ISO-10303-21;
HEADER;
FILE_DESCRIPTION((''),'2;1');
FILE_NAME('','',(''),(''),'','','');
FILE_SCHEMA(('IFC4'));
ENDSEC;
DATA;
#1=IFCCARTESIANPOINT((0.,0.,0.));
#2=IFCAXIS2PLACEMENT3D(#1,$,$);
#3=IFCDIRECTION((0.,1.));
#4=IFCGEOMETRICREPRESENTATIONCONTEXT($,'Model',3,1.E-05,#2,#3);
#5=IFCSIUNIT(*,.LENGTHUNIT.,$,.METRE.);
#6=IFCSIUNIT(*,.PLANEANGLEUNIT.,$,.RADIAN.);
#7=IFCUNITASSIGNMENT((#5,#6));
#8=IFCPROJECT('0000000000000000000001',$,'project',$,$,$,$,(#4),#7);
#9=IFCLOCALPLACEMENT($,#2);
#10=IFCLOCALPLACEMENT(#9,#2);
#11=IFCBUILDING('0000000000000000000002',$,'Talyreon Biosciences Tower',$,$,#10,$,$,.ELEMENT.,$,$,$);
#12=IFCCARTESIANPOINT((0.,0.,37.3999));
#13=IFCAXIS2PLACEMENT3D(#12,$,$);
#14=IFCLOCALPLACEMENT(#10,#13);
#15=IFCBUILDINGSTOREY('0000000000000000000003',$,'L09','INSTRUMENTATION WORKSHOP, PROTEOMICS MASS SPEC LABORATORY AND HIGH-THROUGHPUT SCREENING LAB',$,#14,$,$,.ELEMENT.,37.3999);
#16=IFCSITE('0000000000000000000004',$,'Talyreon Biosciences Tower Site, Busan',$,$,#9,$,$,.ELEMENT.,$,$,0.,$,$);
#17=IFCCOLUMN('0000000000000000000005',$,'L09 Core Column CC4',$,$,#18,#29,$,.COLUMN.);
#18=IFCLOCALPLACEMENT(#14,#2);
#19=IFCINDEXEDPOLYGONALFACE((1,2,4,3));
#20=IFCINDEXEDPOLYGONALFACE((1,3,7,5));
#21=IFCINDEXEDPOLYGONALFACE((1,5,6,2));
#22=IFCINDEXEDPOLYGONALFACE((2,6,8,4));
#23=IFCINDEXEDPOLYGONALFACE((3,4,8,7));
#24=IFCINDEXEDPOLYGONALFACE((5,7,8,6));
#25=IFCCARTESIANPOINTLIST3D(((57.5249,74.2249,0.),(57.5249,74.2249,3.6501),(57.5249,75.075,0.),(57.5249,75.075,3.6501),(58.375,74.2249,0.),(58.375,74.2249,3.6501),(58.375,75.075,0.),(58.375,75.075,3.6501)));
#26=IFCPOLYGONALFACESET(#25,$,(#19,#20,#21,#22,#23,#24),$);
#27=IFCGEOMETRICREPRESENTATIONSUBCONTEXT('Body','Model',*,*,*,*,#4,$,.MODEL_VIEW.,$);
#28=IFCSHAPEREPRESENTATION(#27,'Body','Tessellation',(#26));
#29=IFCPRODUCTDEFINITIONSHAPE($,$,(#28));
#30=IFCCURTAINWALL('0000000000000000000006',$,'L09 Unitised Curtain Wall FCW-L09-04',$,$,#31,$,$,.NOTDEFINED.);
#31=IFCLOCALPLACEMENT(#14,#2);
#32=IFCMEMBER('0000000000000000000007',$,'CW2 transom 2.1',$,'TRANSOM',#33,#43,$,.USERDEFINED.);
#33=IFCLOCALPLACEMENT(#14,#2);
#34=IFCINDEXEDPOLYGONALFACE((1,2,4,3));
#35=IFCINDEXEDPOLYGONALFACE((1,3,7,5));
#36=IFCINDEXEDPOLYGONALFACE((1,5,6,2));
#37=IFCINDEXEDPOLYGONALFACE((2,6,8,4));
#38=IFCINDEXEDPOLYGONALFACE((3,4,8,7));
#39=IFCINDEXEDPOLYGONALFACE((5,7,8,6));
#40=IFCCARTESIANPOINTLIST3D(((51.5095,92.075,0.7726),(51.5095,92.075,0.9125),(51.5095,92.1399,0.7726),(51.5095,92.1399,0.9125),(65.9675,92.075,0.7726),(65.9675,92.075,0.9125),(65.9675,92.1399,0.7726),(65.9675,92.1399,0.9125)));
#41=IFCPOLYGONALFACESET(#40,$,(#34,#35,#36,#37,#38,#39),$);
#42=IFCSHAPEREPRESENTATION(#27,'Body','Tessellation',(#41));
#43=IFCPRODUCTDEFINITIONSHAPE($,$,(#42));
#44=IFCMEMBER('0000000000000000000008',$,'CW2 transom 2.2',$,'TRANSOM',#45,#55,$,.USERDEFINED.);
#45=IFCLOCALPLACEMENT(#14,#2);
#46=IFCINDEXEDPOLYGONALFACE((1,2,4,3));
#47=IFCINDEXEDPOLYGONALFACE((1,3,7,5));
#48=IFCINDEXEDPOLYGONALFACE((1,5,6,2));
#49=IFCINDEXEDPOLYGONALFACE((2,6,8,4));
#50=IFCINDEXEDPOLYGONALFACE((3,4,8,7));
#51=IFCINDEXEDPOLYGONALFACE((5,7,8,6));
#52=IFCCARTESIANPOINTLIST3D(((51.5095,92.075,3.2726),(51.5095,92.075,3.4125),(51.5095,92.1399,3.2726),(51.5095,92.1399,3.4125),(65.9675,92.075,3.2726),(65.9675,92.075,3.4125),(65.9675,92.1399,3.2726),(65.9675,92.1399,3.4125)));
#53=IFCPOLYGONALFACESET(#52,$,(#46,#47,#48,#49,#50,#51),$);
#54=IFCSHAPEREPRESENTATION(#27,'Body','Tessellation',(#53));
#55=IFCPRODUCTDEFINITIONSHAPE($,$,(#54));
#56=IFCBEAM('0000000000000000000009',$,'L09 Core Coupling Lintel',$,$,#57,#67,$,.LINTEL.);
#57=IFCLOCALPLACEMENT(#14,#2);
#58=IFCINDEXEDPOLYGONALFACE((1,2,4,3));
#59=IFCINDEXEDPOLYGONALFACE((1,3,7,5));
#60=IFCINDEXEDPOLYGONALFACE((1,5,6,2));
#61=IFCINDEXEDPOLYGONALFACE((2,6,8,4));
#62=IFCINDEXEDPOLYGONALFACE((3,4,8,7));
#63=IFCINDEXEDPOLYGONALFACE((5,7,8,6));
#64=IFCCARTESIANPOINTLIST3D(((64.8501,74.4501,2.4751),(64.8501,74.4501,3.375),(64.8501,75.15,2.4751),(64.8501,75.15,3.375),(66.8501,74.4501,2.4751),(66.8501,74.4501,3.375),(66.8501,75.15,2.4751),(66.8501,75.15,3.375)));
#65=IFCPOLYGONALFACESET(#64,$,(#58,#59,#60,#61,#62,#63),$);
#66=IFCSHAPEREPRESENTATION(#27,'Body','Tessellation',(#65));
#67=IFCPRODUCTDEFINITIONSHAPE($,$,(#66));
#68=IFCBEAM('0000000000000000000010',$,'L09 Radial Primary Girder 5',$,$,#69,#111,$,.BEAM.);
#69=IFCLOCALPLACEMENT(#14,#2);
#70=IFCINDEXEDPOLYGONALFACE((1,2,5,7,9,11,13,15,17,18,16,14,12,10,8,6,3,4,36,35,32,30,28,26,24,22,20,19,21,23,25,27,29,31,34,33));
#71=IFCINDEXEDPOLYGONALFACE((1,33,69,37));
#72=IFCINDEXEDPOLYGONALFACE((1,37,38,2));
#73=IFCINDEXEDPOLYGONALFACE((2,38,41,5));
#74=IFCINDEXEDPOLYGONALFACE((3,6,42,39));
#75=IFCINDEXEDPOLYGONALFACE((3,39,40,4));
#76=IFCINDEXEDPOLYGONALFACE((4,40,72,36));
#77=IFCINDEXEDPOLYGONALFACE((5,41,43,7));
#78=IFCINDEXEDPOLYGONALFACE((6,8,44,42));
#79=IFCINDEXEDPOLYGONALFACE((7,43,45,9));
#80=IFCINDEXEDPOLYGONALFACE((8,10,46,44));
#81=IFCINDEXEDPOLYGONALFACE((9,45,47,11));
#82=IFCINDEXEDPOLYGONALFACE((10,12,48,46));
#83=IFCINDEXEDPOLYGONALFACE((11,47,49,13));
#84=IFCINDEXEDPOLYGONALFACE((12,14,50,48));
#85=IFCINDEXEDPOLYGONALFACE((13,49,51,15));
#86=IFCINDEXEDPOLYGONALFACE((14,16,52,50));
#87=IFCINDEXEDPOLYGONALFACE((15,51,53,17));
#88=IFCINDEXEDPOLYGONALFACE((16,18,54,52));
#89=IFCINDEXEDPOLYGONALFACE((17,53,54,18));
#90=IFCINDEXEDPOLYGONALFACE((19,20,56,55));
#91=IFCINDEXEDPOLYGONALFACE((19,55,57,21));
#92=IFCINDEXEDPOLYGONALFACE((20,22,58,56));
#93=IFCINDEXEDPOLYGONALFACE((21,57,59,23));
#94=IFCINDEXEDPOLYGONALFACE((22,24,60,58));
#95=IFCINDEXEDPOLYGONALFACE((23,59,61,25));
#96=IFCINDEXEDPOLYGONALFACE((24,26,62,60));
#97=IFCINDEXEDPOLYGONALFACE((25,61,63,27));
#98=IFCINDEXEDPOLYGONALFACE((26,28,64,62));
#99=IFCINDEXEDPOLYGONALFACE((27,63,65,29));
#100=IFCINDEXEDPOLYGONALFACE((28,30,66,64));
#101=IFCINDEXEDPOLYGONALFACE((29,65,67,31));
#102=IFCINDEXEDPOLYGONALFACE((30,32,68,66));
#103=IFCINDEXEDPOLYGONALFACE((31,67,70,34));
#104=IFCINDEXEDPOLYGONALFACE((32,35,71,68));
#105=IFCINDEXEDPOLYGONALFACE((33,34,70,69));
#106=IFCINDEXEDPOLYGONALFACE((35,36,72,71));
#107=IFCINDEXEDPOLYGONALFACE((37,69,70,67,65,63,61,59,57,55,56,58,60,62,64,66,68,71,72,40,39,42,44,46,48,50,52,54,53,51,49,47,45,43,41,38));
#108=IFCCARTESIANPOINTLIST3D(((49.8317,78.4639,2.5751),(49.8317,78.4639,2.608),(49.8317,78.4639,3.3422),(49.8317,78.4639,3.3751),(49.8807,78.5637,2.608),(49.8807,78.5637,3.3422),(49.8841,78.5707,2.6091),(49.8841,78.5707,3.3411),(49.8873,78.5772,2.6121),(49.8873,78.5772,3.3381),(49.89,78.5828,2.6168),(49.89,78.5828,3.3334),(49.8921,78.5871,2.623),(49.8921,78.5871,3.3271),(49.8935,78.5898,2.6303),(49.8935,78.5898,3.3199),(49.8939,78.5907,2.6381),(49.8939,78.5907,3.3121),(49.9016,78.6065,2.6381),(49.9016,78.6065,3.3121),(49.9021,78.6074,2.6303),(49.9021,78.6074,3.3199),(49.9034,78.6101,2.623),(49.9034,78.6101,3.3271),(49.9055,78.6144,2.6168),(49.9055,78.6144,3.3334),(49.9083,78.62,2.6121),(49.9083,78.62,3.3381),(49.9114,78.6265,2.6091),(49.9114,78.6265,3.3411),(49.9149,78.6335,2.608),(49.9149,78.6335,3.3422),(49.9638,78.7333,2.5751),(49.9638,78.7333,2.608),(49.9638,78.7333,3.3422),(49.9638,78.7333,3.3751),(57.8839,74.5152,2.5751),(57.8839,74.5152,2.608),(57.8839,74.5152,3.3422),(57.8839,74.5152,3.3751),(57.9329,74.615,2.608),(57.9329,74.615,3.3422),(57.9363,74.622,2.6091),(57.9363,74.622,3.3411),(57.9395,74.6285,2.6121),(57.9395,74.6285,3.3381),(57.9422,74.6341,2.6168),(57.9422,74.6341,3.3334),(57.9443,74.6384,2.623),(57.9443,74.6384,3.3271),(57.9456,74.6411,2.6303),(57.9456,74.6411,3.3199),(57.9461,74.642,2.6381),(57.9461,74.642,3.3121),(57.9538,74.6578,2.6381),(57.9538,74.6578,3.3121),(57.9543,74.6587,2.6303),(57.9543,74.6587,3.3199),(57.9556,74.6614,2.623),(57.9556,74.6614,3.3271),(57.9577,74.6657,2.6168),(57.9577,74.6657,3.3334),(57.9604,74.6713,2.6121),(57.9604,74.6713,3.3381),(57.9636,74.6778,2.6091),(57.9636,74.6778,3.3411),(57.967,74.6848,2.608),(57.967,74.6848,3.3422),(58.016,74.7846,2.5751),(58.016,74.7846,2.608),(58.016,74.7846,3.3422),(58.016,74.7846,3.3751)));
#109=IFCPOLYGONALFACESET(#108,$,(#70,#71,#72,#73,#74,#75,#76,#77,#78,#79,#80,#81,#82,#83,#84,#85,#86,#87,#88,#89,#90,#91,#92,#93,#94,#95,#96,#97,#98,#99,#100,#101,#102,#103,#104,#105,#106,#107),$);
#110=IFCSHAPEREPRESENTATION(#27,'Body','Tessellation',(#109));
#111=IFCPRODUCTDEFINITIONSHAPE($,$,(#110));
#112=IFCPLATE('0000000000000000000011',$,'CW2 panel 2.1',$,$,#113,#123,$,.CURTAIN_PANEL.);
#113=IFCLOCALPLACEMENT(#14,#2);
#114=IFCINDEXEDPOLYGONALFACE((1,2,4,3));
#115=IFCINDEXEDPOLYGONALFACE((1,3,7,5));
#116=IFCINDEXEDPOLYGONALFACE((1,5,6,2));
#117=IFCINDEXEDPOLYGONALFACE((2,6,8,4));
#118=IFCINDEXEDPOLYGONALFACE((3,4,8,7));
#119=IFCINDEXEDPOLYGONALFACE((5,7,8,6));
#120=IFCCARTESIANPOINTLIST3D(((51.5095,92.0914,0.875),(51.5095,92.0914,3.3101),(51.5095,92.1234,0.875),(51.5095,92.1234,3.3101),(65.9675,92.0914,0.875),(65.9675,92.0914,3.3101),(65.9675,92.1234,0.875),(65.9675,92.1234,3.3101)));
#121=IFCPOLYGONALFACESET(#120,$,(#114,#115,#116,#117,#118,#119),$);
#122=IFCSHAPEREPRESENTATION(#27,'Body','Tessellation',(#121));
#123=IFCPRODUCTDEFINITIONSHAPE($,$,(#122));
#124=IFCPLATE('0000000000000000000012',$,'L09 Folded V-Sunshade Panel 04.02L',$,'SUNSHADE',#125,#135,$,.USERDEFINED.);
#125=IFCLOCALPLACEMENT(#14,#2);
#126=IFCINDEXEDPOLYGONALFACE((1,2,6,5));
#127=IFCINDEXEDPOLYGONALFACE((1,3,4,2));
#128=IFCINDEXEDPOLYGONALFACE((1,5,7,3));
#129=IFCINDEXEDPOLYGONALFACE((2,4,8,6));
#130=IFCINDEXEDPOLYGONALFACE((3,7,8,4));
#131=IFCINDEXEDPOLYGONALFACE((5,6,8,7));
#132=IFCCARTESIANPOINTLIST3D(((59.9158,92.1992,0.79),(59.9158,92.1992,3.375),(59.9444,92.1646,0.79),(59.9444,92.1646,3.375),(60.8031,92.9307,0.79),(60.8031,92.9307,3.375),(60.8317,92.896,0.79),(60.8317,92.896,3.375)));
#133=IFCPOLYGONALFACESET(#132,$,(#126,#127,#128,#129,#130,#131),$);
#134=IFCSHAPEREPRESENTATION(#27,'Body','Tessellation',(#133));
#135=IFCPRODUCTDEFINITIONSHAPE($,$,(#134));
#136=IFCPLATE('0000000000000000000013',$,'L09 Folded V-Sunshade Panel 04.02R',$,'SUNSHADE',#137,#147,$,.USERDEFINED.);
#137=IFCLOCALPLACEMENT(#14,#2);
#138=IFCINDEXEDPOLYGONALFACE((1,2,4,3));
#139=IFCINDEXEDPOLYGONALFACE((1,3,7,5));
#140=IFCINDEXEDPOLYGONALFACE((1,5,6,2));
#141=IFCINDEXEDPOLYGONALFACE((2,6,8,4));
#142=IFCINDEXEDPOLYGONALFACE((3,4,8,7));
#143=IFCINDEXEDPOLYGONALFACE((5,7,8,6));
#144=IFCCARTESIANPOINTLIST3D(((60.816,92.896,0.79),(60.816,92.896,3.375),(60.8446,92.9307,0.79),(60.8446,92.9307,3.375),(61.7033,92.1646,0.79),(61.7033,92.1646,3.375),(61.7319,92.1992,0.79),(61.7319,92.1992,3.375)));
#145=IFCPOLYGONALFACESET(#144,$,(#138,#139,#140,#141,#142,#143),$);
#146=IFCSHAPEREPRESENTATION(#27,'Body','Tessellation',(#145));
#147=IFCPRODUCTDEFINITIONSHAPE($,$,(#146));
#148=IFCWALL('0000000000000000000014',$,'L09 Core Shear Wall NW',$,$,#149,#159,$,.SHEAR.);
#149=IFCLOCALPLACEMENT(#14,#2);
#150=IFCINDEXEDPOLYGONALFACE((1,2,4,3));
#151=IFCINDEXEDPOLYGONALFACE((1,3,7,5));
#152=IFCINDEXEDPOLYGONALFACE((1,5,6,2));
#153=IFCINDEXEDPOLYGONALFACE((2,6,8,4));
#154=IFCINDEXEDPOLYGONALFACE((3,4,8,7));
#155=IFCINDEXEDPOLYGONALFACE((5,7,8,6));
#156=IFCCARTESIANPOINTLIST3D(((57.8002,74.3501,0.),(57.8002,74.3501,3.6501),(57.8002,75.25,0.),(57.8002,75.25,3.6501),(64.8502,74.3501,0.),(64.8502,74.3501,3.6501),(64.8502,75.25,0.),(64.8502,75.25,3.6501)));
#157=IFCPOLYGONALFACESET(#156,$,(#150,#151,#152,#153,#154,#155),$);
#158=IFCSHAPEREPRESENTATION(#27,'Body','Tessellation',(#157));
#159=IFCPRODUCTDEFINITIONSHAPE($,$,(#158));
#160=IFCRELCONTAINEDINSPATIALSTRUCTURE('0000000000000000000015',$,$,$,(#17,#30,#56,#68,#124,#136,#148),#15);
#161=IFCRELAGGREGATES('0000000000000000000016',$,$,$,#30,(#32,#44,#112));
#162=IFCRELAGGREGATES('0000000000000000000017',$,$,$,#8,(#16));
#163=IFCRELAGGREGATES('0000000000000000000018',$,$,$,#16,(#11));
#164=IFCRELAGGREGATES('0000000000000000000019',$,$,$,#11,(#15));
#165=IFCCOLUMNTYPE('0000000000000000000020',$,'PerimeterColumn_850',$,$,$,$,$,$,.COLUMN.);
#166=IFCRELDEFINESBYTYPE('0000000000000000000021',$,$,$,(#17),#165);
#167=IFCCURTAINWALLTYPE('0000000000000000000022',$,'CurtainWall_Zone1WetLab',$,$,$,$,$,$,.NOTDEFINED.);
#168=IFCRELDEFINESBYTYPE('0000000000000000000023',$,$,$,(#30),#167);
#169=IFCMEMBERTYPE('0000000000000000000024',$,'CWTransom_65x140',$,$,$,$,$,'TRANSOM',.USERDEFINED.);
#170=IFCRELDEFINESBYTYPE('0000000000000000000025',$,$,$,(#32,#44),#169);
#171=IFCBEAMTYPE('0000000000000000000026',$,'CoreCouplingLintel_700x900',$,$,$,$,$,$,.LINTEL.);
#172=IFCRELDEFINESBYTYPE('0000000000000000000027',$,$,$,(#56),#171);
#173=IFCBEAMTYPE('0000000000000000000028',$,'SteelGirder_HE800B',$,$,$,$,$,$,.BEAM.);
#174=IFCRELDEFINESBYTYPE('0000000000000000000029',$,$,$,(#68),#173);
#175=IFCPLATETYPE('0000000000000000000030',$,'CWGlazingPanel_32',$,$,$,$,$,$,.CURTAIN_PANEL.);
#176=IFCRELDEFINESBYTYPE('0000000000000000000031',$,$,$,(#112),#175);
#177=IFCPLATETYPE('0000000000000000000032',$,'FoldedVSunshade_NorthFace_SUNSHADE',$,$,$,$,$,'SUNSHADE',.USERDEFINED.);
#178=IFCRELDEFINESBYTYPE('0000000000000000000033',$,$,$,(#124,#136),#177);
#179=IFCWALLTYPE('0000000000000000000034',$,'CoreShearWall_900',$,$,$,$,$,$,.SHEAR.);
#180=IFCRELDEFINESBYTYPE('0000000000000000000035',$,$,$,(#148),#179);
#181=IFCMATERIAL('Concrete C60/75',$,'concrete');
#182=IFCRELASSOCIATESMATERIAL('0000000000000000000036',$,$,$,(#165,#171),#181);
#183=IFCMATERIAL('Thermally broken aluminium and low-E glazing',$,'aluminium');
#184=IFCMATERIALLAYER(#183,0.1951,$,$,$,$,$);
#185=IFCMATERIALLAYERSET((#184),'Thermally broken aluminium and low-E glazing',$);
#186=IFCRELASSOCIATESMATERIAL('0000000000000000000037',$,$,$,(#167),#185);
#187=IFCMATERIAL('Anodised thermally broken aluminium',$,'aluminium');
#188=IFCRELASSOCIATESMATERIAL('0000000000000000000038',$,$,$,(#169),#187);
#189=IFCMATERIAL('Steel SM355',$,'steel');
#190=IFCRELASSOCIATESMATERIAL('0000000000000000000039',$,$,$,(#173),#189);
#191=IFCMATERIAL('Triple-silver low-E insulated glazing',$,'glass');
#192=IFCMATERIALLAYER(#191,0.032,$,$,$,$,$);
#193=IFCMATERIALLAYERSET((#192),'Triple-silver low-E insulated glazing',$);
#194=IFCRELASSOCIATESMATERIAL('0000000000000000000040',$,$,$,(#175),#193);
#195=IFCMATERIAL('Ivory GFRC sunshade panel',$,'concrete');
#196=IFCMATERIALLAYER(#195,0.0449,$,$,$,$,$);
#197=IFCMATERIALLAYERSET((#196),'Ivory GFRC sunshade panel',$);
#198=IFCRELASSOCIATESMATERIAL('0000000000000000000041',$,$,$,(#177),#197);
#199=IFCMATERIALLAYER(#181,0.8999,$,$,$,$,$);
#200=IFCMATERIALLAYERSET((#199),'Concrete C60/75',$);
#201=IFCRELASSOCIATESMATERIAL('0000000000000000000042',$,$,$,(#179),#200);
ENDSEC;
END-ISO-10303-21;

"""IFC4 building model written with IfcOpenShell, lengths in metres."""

from ifc_helpers import new_model, si_unit, direction, frame, frame_2d, origin, origin_2d, place, context, subcontext, project, spatial, rectangle, i_section, extrude, material, layer, layer_set, material_profile, profile_set, type_object, element, aggregate, save


model = new_model("IFC4")

# Units and contexts
model_context = context("Model", 3, precision=1e-05, world=origin(), true_north=direction((0.0, 1.0)))
body_context = subcontext(model_context, "Body", "Model", "MODEL_VIEW")
ifc_project = project(units=[si_unit("LENGTHUNIT", "METRE"), si_unit("PLANEANGLEUNIT", "RADIAN")], contexts=[model_context])

# Site, building, storey
site_placement = place(None, origin())
site = spatial("IfcSite", under=ifc_project, at=site_placement, Name="Talyreon Biosciences Tower Site, Busan", CompositionType="ELEMENT", RefElevation=0.0)
building_placement = place(site_placement, origin())
building = spatial("IfcBuilding", under=site, at=building_placement, Name="Talyreon Biosciences Tower", CompositionType="ELEMENT")
storey_placement = place(building_placement, frame((0.0, 0.0, 37.3999)))
storey = spatial("IfcBuildingStorey", under=building, at=storey_placement, Name="L09", Description="INSTRUMENTATION WORKSHOP, PROTEOMICS MASS SPEC LABORATORY AND HIGH-THROUGHPUT SCREENING LAB", CompositionType="ELEMENT", Elevation=37.3999)

# Column
ifc_material_1 = material(Name="Concrete C60/75", Category="concrete")
ifc_material_profile_1 = material_profile(ifc_material_1, rectangle(XDim=0.8501, YDim=0.8501, at=origin_2d()), Name="RC 850x850")
ifc_profile_set_1 = profile_set([ifc_material_profile_1], Name="Concrete C60/75")
column_type = type_object("IfcColumnType", Name="PerimeterColumn_850", PredefinedType="COLUMN", material=ifc_profile_set_1)
column_placement = place(storey_placement, frame((57.95, 74.6499, 0.0), z_axis=(0.0, 0.0, 1.0), x_axis=(1.0, 0.0, 0.0)))
element("IfcColumn", 1, at=column_placement, inside=storey, type_object=column_type, Name="L09 Core Column CC4", PredefinedType="COLUMN", context=body_context, shape_type="SweptSolid", body=[
    extrude(rectangle(XDim=0.8501, YDim=0.8501, at=origin_2d()), origin(), (0.0, 0.0, 1.0), 3.6501),
])

# Curtain wall, members
ifc_material_2 = material(Name="Thermally broken aluminium and low-E glazing", Category="aluminium")
ifc_layer_1 = layer(ifc_material_2, 0.1951)
ifc_layer_set_1 = layer_set([ifc_layer_1], Name="Thermally broken aluminium and low-E glazing")
curtain_wall_type = type_object("IfcCurtainWallType", Name="CurtainWall_Zone1WetLab", PredefinedType="NOTDEFINED", material=ifc_layer_set_1)
curtain_wall_placement = place(storey_placement, origin())
curtain_wall = element("IfcCurtainWall", 2, at=curtain_wall_placement, inside=storey, type_object=curtain_wall_type, Name="L09 Unitised Curtain Wall FCW-L09-04", PredefinedType="NOTDEFINED")
ifc_material_3 = material(Name="Anodised thermally broken aluminium", Category="aluminium")
ifc_material_profile_2 = material_profile(ifc_material_3, rectangle(XDim=0.0649, YDim=0.1399, at=origin_2d()), Name="ALUM TRANSOM 65x140")
ifc_profile_set_2 = profile_set([ifc_material_profile_2], Name="Anodised thermally broken aluminium")
member_type = type_object("IfcMemberType", Name="CWTransom_65x140", ElementType="TRANSOM", PredefinedType="USERDEFINED", material=ifc_profile_set_2)
member_1_placement = place(storey_placement, frame((51.5095, 92.1074, 0.8425), z_axis=(1.0, 0.0, 0.0), x_axis=(0.0, 1.0, 0.0)))
member_1 = element("IfcMember", 3, at=member_1_placement, type_object=member_type, Name="CW2 transom 2.1", ObjectType="TRANSOM", PredefinedType="USERDEFINED", context=body_context, shape_type="SweptSolid", body=[
    extrude(rectangle(XDim=0.0649, YDim=0.1399, at=origin_2d()), origin(), (0.0, 0.0, 1.0), 14.458),
])
member_2_placement = place(storey_placement, frame((51.5095, 92.1074, 3.3425), z_axis=(1.0, 0.0, 0.0), x_axis=(0.0, 1.0, 0.0)))
member_2 = element("IfcMember", 4, at=member_2_placement, type_object=member_type, Name="CW2 transom 2.2", ObjectType="TRANSOM", PredefinedType="USERDEFINED", context=body_context, shape_type="SweptSolid", body=[
    extrude(rectangle(XDim=0.0649, YDim=0.1399, at=origin_2d()), origin(), (0.0, 0.0, 1.0), 14.458),
])

# Beams
ifc_material_profile_3 = material_profile(ifc_material_1, rectangle(XDim=0.7, YDim=0.8999, at=origin_2d()), Name="RCB 700x900")
ifc_profile_set_3 = profile_set([ifc_material_profile_3], Name="Concrete C60/75")
beam_type_1 = type_object("IfcBeamType", Name="CoreCouplingLintel_700x900", PredefinedType="LINTEL", material=ifc_profile_set_3)
beam_1_placement = place(storey_placement, frame((64.8501, 74.8, 2.925), z_axis=(1.0, 0.0, 0.0), x_axis=(0.0, 1.0, 0.0)))
element("IfcBeam", 5, at=beam_1_placement, inside=storey, type_object=beam_type_1, Name="L09 Core Coupling Lintel", PredefinedType="LINTEL", context=body_context, shape_type="SweptSolid", body=[
    extrude(rectangle(XDim=0.7, YDim=0.8999, at=origin_2d()), origin(), (0.0, 0.0, 1.0), 2.0),
])
ifc_material_4 = material(Name="Steel SM355", Category="steel")
ifc_material_profile_4 = material_profile(ifc_material_4, i_section(OverallWidth=0.3, OverallDepth=0.8, WebThickness=0.0176, FlangeThickness=0.033, FilletRadius=0.03, at=origin_2d()), Name="HE800B")
ifc_profile_set_4 = profile_set([ifc_material_profile_4], Name="Steel SM355")
beam_type_2 = type_object("IfcBeamType", Name="SteelGirder_HE800B", PredefinedType="BEAM", material=ifc_profile_set_4)
beam_2_placement = place(storey_placement, frame((57.95, 74.6499, 2.9751), z_axis=(-0.897852, 0.440297, 0.0), x_axis=(-0.440297, -0.897852, 0.0)))
element("IfcBeam", 6, at=beam_2_placement, inside=storey, type_object=beam_type_2, Name="L09 Radial Primary Girder 5", PredefinedType="BEAM", context=body_context, shape_type="SweptSolid", body=[
    extrude(i_section(OverallWidth=0.3, OverallDepth=0.8, WebThickness=0.0176, FlangeThickness=0.033, FilletRadius=0.03, at=origin_2d()), origin(), (0.0, 0.0, 1.0), 8.9683),
])

# Plate
ifc_material_5 = material(Name="Triple-silver low-E insulated glazing", Category="glass")
ifc_layer_2 = layer(ifc_material_5, 0.032)
ifc_layer_set_2 = layer_set([ifc_layer_2], Name="Triple-silver low-E insulated glazing")
plate_type_1 = type_object("IfcPlateType", Name="CWGlazingPanel_32", PredefinedType="CURTAIN_PANEL", material=ifc_layer_set_2)
plate_placement = place(storey_placement, frame((58.7385, 92.1074, 0.875), z_axis=(0.0, 0.0, 1.0), x_axis=(1.0, 0.0, 0.0)))
plate = element("IfcPlate", 7, at=plate_placement, type_object=plate_type_1, Name="CW2 panel 2.1", PredefinedType="CURTAIN_PANEL", context=body_context, shape_type="SweptSolid", body=[
    extrude(rectangle(XDim=14.458, YDim=0.032, at=origin_2d()), origin(), (0.0, 0.0, 1.0), 2.4351),
])
aggregate(curtain_wall, [member_1, member_2, plate])

# Plates
ifc_material_6 = material(Name="Ivory GFRC sunshade panel", Category="concrete")
ifc_layer_3 = layer(ifc_material_6, 0.0449)
ifc_layer_set_3 = layer_set([ifc_layer_3], Name="Ivory GFRC sunshade panel")
plate_type_2 = type_object("IfcPlateType", Name="FoldedVSunshade_NorthFace_SUNSHADE", ElementType="SUNSHADE", PredefinedType="USERDEFINED", material=ifc_layer_set_3)
for number, where, z_axis, x_axis, name in (
    (8, (60.3738, 92.5476, 0.79), (0.0, 0.0, 1.0), (0.771625, 0.636078, 0.0), "L09 Folded V-Sunshade Panel 04.02L"),
    (9, (61.2739, 92.5476, 0.79), (0.0, 0.0, 1.0), (0.771625, -0.636078, 0.0), "L09 Folded V-Sunshade Panel 04.02R"),
):
    element("IfcPlate", number, at=place(storey_placement, frame(where, z_axis=z_axis, x_axis=x_axis)), inside=storey, type_object=plate_type_2, Name=name, ObjectType="SUNSHADE", PredefinedType="USERDEFINED", context=body_context, shape_type="SweptSolid", body=[
        extrude(rectangle(XDim=1.1499, YDim=0.0449, at=origin_2d()), origin(), (0.0, 0.0, 1.0), 2.585),
    ])

# Wall
ifc_layer_4 = layer(ifc_material_1, 0.8999)
ifc_layer_set_4 = layer_set([ifc_layer_4], Name="Concrete C60/75")
wall_type_1 = type_object("IfcWallType", Name="CoreShearWall_900", PredefinedType="SHEAR", material=ifc_layer_set_4)
wall_1_placement = place(storey_placement, frame((64.8501, 74.8, 0.0), z_axis=(0.0, 0.0, 1.0), x_axis=(-1.0, 0.0, 0.0)))
element("IfcWall", 10, at=wall_1_placement, inside=storey, type_object=wall_type_1, Name="L09 Core Shear Wall NW", PredefinedType="SHEAR", context=body_context, shape_type="SweptSolid", body=[
    extrude(rectangle(XDim=7.05, YDim=0.8999, at=frame_2d((3.5249, 0.0))), origin(), (0.0, 0.0, 1.0), 3.6501),
])

save(model, "model.ifc")
